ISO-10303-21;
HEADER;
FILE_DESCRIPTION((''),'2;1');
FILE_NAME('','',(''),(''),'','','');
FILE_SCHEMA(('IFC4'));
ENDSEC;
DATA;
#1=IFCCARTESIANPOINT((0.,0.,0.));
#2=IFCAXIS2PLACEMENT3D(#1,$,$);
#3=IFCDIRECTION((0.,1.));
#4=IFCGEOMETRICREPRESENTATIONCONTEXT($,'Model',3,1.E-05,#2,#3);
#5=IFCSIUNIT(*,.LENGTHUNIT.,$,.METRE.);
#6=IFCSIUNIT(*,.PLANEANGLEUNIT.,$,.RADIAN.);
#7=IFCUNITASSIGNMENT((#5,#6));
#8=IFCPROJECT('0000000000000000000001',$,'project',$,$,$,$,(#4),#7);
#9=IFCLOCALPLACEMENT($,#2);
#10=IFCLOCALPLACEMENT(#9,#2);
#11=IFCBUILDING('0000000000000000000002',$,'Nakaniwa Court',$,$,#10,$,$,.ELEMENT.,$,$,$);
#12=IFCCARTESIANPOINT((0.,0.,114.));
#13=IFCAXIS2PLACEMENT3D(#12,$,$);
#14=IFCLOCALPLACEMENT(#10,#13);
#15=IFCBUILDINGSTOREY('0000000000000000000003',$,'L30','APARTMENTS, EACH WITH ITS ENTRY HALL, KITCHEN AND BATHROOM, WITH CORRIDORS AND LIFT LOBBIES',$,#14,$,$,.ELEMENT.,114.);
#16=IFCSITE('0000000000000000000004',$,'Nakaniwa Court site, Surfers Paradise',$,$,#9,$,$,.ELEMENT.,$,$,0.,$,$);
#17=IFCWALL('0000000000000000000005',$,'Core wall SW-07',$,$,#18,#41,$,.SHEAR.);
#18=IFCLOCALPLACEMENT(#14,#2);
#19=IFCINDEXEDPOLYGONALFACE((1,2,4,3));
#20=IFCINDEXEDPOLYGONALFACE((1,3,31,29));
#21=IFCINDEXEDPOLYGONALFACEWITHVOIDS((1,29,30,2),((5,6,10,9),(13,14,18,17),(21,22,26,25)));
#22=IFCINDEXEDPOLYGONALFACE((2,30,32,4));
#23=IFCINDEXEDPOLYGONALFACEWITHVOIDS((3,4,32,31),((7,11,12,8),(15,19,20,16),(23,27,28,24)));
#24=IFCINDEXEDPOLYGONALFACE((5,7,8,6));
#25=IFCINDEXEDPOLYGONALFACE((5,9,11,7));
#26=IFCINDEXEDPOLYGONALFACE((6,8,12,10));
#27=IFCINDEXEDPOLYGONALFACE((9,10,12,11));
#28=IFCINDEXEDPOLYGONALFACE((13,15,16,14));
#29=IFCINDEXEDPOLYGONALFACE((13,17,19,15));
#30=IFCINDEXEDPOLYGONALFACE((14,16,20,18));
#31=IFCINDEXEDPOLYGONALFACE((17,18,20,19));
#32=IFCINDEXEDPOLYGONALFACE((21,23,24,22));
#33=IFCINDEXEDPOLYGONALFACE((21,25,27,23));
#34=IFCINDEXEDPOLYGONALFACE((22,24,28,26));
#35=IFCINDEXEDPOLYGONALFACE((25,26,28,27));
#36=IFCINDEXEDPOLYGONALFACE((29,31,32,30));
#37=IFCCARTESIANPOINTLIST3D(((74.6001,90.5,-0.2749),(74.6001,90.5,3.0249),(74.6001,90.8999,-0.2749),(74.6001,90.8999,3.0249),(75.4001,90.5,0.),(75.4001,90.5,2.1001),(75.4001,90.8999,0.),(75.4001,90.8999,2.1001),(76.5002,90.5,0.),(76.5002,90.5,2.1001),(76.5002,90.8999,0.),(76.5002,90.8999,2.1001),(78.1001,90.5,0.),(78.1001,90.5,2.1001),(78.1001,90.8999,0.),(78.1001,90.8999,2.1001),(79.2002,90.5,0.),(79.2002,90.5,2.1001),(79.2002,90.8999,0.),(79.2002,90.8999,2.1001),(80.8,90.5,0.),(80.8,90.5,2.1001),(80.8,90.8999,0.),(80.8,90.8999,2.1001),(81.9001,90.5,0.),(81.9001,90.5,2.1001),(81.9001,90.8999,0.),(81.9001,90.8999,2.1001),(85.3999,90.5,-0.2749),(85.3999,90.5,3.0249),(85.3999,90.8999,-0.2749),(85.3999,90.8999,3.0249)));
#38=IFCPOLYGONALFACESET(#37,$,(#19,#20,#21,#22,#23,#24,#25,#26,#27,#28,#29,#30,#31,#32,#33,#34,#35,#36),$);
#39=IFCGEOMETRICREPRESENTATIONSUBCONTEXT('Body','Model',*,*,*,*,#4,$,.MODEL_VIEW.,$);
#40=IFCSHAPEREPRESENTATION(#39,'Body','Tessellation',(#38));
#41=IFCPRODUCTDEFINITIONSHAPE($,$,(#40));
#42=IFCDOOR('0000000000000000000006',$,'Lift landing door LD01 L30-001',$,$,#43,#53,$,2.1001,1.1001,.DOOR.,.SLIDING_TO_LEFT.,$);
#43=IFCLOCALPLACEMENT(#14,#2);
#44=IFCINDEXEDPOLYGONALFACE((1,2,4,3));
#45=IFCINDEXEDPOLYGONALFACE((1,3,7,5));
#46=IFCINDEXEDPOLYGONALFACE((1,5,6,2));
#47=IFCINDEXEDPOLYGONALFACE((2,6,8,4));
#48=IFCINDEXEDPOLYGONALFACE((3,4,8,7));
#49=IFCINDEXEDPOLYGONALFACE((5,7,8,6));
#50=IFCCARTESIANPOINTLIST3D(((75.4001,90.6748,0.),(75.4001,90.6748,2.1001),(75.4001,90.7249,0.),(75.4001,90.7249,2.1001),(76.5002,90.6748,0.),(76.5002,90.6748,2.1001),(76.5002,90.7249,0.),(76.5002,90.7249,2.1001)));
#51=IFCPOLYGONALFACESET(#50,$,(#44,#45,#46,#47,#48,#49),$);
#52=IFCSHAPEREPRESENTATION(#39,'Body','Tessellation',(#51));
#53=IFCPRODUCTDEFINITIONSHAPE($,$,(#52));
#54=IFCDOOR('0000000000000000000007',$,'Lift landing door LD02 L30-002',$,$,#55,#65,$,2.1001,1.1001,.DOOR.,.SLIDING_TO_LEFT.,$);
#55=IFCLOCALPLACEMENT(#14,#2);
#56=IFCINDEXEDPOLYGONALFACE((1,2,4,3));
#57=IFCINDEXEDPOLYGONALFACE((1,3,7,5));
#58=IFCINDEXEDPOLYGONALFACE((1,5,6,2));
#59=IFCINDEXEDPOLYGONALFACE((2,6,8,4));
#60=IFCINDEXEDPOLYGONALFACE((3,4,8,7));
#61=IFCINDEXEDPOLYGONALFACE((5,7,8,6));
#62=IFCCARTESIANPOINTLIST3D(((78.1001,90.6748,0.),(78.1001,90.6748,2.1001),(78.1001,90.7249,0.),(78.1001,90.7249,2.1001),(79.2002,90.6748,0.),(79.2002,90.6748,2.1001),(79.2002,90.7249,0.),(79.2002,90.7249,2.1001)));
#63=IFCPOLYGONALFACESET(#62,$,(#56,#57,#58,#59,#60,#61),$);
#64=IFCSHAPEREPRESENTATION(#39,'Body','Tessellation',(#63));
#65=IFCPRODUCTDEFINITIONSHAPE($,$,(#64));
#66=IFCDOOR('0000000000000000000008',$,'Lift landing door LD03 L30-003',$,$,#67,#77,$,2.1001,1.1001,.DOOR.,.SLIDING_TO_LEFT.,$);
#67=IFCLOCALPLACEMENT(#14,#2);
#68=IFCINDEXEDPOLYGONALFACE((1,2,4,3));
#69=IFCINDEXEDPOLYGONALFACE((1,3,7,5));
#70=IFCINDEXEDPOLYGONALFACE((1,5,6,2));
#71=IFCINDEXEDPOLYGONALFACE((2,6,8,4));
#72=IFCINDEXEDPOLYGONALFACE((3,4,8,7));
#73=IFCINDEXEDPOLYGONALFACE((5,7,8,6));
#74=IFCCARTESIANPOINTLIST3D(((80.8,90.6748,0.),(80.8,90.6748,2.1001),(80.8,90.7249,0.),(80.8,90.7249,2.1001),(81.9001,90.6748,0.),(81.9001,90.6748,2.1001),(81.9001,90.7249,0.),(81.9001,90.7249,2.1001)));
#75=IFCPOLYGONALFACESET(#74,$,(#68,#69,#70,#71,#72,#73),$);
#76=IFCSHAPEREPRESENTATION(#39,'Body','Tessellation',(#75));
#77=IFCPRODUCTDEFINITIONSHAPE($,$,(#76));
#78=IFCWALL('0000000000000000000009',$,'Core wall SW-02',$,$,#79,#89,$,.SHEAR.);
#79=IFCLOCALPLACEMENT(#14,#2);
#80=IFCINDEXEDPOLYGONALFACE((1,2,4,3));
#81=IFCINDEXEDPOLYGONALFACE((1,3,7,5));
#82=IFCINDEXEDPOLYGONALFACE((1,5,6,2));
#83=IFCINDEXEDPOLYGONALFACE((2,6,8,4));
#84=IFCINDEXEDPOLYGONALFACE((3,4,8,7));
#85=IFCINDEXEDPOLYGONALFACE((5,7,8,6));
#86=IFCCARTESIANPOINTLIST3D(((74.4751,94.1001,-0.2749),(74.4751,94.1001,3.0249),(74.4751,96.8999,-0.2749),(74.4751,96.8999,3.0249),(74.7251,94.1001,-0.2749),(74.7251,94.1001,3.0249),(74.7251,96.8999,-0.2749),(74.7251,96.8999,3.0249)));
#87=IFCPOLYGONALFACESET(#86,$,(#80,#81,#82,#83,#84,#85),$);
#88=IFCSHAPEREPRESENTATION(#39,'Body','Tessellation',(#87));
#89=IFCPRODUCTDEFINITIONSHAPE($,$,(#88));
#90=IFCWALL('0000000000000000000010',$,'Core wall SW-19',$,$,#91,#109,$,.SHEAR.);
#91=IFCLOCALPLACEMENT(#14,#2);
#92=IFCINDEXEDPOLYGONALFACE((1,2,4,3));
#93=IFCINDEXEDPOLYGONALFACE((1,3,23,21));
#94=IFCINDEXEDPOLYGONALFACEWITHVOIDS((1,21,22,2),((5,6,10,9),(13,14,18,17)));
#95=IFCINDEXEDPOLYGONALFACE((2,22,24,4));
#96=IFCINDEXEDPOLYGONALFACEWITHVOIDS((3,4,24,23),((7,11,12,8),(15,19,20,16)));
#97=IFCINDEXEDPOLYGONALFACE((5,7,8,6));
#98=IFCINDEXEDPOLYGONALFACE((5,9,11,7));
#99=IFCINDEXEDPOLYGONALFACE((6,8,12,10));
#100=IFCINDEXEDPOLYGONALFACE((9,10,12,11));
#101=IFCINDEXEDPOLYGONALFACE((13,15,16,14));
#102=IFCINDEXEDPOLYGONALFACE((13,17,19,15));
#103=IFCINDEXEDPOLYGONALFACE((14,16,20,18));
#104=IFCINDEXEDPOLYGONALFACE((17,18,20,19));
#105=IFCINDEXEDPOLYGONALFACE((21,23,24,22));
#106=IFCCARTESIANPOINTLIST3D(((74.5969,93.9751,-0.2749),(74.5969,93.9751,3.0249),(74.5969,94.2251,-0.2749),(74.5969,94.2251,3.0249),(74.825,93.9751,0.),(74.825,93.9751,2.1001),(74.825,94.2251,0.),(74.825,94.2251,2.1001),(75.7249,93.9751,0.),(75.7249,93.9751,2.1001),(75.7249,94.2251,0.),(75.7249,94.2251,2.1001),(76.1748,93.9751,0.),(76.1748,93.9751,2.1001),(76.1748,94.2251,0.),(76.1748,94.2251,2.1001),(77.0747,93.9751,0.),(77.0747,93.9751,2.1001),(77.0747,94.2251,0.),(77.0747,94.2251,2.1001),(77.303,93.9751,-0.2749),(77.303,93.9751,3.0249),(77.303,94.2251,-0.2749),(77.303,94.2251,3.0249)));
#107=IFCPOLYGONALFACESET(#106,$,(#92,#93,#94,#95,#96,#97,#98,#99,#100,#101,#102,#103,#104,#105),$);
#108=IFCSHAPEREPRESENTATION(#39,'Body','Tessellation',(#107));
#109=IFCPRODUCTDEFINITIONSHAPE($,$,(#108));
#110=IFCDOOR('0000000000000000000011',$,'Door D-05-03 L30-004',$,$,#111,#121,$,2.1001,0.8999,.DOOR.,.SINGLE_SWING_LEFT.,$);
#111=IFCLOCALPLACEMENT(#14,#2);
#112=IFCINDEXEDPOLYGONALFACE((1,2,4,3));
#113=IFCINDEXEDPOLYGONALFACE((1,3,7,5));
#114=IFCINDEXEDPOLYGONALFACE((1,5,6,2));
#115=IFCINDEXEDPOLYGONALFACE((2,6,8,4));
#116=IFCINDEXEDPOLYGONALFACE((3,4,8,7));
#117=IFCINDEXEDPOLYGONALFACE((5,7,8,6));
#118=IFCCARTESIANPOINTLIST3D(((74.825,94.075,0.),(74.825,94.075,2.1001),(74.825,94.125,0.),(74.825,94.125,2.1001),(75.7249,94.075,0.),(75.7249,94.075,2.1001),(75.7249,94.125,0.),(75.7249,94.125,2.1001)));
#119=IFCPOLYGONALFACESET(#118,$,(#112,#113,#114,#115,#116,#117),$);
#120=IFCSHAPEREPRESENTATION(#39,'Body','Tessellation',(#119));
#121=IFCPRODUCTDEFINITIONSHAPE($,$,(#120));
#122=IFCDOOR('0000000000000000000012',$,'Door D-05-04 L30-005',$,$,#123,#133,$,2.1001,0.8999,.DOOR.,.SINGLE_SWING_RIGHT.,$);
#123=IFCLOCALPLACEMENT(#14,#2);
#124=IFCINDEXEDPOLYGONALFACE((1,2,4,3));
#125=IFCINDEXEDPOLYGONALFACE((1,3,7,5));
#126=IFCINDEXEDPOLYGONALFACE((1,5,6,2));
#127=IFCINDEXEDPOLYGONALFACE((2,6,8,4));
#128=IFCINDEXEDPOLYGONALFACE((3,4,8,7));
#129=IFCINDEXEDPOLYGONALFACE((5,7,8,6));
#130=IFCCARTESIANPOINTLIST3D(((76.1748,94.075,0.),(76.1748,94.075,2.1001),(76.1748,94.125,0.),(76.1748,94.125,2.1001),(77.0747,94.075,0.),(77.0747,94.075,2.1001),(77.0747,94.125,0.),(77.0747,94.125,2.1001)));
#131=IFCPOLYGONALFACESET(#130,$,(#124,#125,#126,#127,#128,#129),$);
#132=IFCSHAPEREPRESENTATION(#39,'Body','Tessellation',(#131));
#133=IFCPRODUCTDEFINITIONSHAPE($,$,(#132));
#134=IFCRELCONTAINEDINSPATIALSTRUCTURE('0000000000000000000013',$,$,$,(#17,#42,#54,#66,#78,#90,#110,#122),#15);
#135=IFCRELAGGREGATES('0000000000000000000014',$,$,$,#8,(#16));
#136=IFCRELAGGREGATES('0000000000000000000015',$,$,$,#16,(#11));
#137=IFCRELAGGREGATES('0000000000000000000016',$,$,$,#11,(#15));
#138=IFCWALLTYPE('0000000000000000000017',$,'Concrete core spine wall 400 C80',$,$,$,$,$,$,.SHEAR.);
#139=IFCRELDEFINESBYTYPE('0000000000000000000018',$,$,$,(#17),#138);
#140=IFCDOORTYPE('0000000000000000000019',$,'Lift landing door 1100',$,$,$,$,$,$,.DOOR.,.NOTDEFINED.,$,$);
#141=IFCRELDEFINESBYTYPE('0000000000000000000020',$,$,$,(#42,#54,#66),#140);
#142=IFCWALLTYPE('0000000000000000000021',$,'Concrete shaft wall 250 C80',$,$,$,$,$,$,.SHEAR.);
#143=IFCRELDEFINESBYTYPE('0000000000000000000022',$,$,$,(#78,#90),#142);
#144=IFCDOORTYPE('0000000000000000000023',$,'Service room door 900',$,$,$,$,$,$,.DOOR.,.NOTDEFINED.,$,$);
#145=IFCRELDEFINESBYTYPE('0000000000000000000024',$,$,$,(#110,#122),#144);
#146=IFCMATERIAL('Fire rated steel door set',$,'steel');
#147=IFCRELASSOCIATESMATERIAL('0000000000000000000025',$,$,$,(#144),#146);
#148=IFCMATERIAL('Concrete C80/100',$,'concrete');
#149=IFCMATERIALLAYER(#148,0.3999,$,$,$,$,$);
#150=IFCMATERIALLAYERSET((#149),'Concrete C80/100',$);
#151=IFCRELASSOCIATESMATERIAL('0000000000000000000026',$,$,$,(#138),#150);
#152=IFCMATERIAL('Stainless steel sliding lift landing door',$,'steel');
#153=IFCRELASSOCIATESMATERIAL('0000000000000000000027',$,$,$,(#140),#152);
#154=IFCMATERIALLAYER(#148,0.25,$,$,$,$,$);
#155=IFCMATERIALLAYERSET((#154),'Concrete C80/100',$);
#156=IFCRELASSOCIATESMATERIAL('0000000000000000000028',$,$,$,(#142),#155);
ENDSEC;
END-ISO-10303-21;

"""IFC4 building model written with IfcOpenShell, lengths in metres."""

from ifc_helpers import new_model, si_unit, direction, frame, frame_2d, origin, place, context, subcontext, project, spatial, rectangle, extrude, material, layer, layer_set, type_object, element, fill, save


model = new_model("IFC4")

# Units and contexts
model_context = context("Model", 3, precision=1e-05, world=origin(), true_north=direction((0.0, 1.0)))
body_context = subcontext(model_context, "Body", "Model", "MODEL_VIEW")
ifc_project = project(units=[si_unit("LENGTHUNIT", "METRE"), si_unit("PLANEANGLEUNIT", "RADIAN")], contexts=[model_context])

# Site, building, storey
site_placement = place(None, origin())
site = spatial("IfcSite", under=ifc_project, at=site_placement, Name="Nakaniwa Court site, Surfers Paradise", CompositionType="ELEMENT", RefElevation=0.0)
building_placement = place(site_placement, origin())
building = spatial("IfcBuilding", under=site, at=building_placement, Name="Nakaniwa Court", CompositionType="ELEMENT")
storey_placement = place(building_placement, frame((0.0, 0.0, 114.0)))
storey = spatial("IfcBuildingStorey", under=building, at=storey_placement, Name="L30", Description="APARTMENTS, EACH WITH ITS ENTRY HALL, KITCHEN AND BATHROOM, WITH CORRIDORS AND LIFT LOBBIES", CompositionType="ELEMENT", Elevation=114.0)

# Shared definitions
ifc_material_1 = material(Name="Concrete C80/100", Category="concrete")

# Shared definitions
ifc_material_2 = material(Name="Fire rated steel door set", Category="steel")
door_type_1 = type_object("IfcDoorType", Name="Service room door 900", OperationType="NOTDEFINED", PredefinedType="DOOR", material=ifc_material_2)

# Wall, openings, doors
ifc_layer_1 = layer(ifc_material_1, 0.3999)
ifc_layer_set_1 = layer_set([ifc_layer_1], Name="Concrete C80/100")
wall_type_1 = type_object("IfcWallType", Name="Concrete core spine wall 400 C80", PredefinedType="SHEAR", material=ifc_layer_set_1)
wall_1_placement = place(storey_placement, frame((74.6001, 90.7, -0.2749), z_axis=(0.0, 0.0, 1.0), x_axis=(1.0, 0.0, 0.0)))
wall_1 = element("IfcWall", 1, at=wall_1_placement, inside=storey, type_object=wall_type_1, Name="Core wall SW-07", PredefinedType="SHEAR", context=body_context, shape_type="SweptSolid", body=[
    extrude(rectangle(XDim=10.7998, YDim=0.3999, at=frame_2d((5.3999, 0.0))), origin(), (0.0, 0.0, 1.0), 3.2998),
])
opening_1_placement = place(wall_1_placement, frame((0.8, 0.0, 0.2749)))
opening_1 = element("IfcOpeningElement", 2, at=opening_1_placement, cuts=wall_1, PredefinedType="OPENING", context=body_context, shape_type="SweptSolid", body=[
    extrude(rectangle(XDim=1.1001, YDim=2.1001, at=frame_2d((0.55, 1.05))), frame((0.0, 0.21, 0.0), z_axis=(0.0, -1.0, 0.0), x_axis=(1.0, 0.0, 0.0)), (0.0, 0.0, 1.0), 0.4199),
])
opening_2_placement = place(wall_1_placement, frame((3.5, 0.0, 0.2749)))
opening_2 = element("IfcOpeningElement", 3, at=opening_2_placement, cuts=wall_1, PredefinedType="OPENING", context=body_context, shape_type="SweptSolid", body=[
    extrude(rectangle(XDim=1.1001, YDim=2.1001, at=frame_2d((0.55, 1.05))), frame((0.0, 0.21, 0.0), z_axis=(0.0, -1.0, 0.0), x_axis=(1.0, 0.0, 0.0)), (0.0, 0.0, 1.0), 0.4199),
])
opening_3_placement = place(wall_1_placement, frame((6.2, 0.0, 0.2749)))
opening_3 = element("IfcOpeningElement", 4, at=opening_3_placement, cuts=wall_1, PredefinedType="OPENING", context=body_context, shape_type="SweptSolid", body=[
    extrude(rectangle(XDim=1.1001, YDim=2.1001, at=frame_2d((0.55, 1.05))), frame((0.0, 0.21, 0.0), z_axis=(0.0, -1.0, 0.0), x_axis=(1.0, 0.0, 0.0)), (0.0, 0.0, 1.0), 0.4199),
])
ifc_material_3 = material(Name="Stainless steel sliding lift landing door", Category="steel")
door_type_2 = type_object("IfcDoorType", Name="Lift landing door 1100", OperationType="NOTDEFINED", PredefinedType="DOOR", material=ifc_material_3)
door_1_placement = place(opening_1_placement, origin())
door_1 = element("IfcDoor", 5, at=door_1_placement, inside=storey, type_object=door_type_2, Name="Lift landing door LD01 L30-001", OperationType="SLIDING_TO_LEFT", OverallHeight=2.1001, OverallWidth=1.1001, PredefinedType="DOOR", context=body_context, shape_type="SweptSolid", body=[
    extrude(rectangle(XDim=1.1001, YDim=2.1001, at=frame_2d((0.55, 1.05))), frame((0.0, 0.0249, 0.0), z_axis=(0.0, -1.0, 0.0), x_axis=(1.0, 0.0, 0.0)), (0.0, 0.0, 1.0), 0.05),
])
fill(opening_1, door_1)
door_2_placement = place(opening_2_placement, origin())
door_2 = element("IfcDoor", 6, at=door_2_placement, inside=storey, type_object=door_type_2, Name="Lift landing door LD02 L30-002", OperationType="SLIDING_TO_LEFT", OverallHeight=2.1001, OverallWidth=1.1001, PredefinedType="DOOR", context=body_context, shape_type="SweptSolid", body=[
    extrude(rectangle(XDim=1.1001, YDim=2.1001, at=frame_2d((0.55, 1.05))), frame((0.0, 0.0249, 0.0), z_axis=(0.0, -1.0, 0.0), x_axis=(1.0, 0.0, 0.0)), (0.0, 0.0, 1.0), 0.05),
])
fill(opening_2, door_2)
door_3_placement = place(opening_3_placement, origin())
door_3 = element("IfcDoor", 7, at=door_3_placement, inside=storey, type_object=door_type_2, Name="Lift landing door LD03 L30-003", OperationType="SLIDING_TO_LEFT", OverallHeight=2.1001, OverallWidth=1.1001, PredefinedType="DOOR", context=body_context, shape_type="SweptSolid", body=[
    extrude(rectangle(XDim=1.1001, YDim=2.1001, at=frame_2d((0.55, 1.05))), frame((0.0, 0.0249, 0.0), z_axis=(0.0, -1.0, 0.0), x_axis=(1.0, 0.0, 0.0)), (0.0, 0.0, 1.0), 0.05),
])
fill(opening_3, door_3)

# Wall
ifc_layer_2 = layer(ifc_material_1, 0.25)
ifc_layer_set_2 = layer_set([ifc_layer_2], Name="Concrete C80/100")
wall_type_2 = type_object("IfcWallType", Name="Concrete shaft wall 250 C80", PredefinedType="SHEAR", material=ifc_layer_set_2)
wall_2_placement = place(storey_placement, frame((74.6001, 94.1001, -0.2749), z_axis=(0.0, 0.0, 1.0), x_axis=(0.0, 1.0, 0.0)))
element("IfcWall", 8, at=wall_2_placement, inside=storey, type_object=wall_type_2, Name="Core wall SW-02", PredefinedType="SHEAR", context=body_context, shape_type="SweptSolid", body=[
    extrude(rectangle(XDim=2.7998, YDim=0.25, at=frame_2d((1.3999, 0.0))), origin(), (0.0, 0.0, 1.0), 3.2998),
])

# Wall, openings, doors
wall_3_placement = place(storey_placement, frame((74.5969, 94.1001, -0.2749), z_axis=(0.0, 0.0, 1.0), x_axis=(1.0, 0.0, 0.0)))
wall_3 = element("IfcWall", 9, at=wall_3_placement, inside=storey, type_object=wall_type_2, Name="Core wall SW-19", PredefinedType="SHEAR", context=body_context, shape_type="SweptSolid", body=[
    extrude(rectangle(XDim=2.7061, YDim=0.25, at=frame_2d((1.353, 0.0))), origin(), (0.0, 0.0, 1.0), 3.2998),
])
opening_4_placement = place(wall_3_placement, frame((0.228, 0.0, 0.2749)))
opening_4 = element("IfcOpeningElement", 10, at=opening_4_placement, cuts=wall_3, PredefinedType="OPENING", context=body_context, shape_type="SweptSolid", body=[
    extrude(rectangle(XDim=0.8999, YDim=2.1001, at=frame_2d((0.45, 1.05))), frame((0.0, 0.135, 0.0), z_axis=(0.0, -1.0, 0.0), x_axis=(1.0, 0.0, 0.0)), (0.0, 0.0, 1.0), 0.27),
])
opening_5_placement = place(wall_3_placement, frame((1.5779, 0.0, 0.2749)))
opening_5 = element("IfcOpeningElement", 11, at=opening_5_placement, cuts=wall_3, PredefinedType="OPENING", context=body_context, shape_type="SweptSolid", body=[
    extrude(rectangle(XDim=0.8999, YDim=2.1001, at=frame_2d((0.45, 1.05))), frame((0.0, 0.135, 0.0), z_axis=(0.0, -1.0, 0.0), x_axis=(1.0, 0.0, 0.0)), (0.0, 0.0, 1.0), 0.27),
])
door_4_placement = place(opening_4_placement, origin())
door_4 = element("IfcDoor", 12, at=door_4_placement, inside=storey, type_object=door_type_1, Name="Door D-05-03 L30-004", OperationType="SINGLE_SWING_LEFT", OverallHeight=2.1001, OverallWidth=0.8999, PredefinedType="DOOR", context=body_context, shape_type="SweptSolid", body=[
    extrude(rectangle(XDim=0.8999, YDim=2.1001, at=frame_2d((0.45, 1.05))), frame((0.0, 0.0249, 0.0), z_axis=(0.0, -1.0, 0.0), x_axis=(1.0, 0.0, 0.0)), (0.0, 0.0, 1.0), 0.05),
])
fill(opening_4, door_4)
door_5_placement = place(opening_5_placement, origin())
door_5 = element("IfcDoor", 13, at=door_5_placement, inside=storey, type_object=door_type_1, Name="Door D-05-04 L30-005", OperationType="SINGLE_SWING_RIGHT", OverallHeight=2.1001, OverallWidth=0.8999, PredefinedType="DOOR", context=body_context, shape_type="SweptSolid", body=[
    extrude(rectangle(XDim=0.8999, YDim=2.1001, at=frame_2d((0.45, 1.05))), frame((0.0, 0.0249, 0.0), z_axis=(0.0, -1.0, 0.0), x_axis=(1.0, 0.0, 0.0)), (0.0, 0.0, 1.0), 0.05),
])
fill(opening_5, door_5)

save(model, "model.ifc")
